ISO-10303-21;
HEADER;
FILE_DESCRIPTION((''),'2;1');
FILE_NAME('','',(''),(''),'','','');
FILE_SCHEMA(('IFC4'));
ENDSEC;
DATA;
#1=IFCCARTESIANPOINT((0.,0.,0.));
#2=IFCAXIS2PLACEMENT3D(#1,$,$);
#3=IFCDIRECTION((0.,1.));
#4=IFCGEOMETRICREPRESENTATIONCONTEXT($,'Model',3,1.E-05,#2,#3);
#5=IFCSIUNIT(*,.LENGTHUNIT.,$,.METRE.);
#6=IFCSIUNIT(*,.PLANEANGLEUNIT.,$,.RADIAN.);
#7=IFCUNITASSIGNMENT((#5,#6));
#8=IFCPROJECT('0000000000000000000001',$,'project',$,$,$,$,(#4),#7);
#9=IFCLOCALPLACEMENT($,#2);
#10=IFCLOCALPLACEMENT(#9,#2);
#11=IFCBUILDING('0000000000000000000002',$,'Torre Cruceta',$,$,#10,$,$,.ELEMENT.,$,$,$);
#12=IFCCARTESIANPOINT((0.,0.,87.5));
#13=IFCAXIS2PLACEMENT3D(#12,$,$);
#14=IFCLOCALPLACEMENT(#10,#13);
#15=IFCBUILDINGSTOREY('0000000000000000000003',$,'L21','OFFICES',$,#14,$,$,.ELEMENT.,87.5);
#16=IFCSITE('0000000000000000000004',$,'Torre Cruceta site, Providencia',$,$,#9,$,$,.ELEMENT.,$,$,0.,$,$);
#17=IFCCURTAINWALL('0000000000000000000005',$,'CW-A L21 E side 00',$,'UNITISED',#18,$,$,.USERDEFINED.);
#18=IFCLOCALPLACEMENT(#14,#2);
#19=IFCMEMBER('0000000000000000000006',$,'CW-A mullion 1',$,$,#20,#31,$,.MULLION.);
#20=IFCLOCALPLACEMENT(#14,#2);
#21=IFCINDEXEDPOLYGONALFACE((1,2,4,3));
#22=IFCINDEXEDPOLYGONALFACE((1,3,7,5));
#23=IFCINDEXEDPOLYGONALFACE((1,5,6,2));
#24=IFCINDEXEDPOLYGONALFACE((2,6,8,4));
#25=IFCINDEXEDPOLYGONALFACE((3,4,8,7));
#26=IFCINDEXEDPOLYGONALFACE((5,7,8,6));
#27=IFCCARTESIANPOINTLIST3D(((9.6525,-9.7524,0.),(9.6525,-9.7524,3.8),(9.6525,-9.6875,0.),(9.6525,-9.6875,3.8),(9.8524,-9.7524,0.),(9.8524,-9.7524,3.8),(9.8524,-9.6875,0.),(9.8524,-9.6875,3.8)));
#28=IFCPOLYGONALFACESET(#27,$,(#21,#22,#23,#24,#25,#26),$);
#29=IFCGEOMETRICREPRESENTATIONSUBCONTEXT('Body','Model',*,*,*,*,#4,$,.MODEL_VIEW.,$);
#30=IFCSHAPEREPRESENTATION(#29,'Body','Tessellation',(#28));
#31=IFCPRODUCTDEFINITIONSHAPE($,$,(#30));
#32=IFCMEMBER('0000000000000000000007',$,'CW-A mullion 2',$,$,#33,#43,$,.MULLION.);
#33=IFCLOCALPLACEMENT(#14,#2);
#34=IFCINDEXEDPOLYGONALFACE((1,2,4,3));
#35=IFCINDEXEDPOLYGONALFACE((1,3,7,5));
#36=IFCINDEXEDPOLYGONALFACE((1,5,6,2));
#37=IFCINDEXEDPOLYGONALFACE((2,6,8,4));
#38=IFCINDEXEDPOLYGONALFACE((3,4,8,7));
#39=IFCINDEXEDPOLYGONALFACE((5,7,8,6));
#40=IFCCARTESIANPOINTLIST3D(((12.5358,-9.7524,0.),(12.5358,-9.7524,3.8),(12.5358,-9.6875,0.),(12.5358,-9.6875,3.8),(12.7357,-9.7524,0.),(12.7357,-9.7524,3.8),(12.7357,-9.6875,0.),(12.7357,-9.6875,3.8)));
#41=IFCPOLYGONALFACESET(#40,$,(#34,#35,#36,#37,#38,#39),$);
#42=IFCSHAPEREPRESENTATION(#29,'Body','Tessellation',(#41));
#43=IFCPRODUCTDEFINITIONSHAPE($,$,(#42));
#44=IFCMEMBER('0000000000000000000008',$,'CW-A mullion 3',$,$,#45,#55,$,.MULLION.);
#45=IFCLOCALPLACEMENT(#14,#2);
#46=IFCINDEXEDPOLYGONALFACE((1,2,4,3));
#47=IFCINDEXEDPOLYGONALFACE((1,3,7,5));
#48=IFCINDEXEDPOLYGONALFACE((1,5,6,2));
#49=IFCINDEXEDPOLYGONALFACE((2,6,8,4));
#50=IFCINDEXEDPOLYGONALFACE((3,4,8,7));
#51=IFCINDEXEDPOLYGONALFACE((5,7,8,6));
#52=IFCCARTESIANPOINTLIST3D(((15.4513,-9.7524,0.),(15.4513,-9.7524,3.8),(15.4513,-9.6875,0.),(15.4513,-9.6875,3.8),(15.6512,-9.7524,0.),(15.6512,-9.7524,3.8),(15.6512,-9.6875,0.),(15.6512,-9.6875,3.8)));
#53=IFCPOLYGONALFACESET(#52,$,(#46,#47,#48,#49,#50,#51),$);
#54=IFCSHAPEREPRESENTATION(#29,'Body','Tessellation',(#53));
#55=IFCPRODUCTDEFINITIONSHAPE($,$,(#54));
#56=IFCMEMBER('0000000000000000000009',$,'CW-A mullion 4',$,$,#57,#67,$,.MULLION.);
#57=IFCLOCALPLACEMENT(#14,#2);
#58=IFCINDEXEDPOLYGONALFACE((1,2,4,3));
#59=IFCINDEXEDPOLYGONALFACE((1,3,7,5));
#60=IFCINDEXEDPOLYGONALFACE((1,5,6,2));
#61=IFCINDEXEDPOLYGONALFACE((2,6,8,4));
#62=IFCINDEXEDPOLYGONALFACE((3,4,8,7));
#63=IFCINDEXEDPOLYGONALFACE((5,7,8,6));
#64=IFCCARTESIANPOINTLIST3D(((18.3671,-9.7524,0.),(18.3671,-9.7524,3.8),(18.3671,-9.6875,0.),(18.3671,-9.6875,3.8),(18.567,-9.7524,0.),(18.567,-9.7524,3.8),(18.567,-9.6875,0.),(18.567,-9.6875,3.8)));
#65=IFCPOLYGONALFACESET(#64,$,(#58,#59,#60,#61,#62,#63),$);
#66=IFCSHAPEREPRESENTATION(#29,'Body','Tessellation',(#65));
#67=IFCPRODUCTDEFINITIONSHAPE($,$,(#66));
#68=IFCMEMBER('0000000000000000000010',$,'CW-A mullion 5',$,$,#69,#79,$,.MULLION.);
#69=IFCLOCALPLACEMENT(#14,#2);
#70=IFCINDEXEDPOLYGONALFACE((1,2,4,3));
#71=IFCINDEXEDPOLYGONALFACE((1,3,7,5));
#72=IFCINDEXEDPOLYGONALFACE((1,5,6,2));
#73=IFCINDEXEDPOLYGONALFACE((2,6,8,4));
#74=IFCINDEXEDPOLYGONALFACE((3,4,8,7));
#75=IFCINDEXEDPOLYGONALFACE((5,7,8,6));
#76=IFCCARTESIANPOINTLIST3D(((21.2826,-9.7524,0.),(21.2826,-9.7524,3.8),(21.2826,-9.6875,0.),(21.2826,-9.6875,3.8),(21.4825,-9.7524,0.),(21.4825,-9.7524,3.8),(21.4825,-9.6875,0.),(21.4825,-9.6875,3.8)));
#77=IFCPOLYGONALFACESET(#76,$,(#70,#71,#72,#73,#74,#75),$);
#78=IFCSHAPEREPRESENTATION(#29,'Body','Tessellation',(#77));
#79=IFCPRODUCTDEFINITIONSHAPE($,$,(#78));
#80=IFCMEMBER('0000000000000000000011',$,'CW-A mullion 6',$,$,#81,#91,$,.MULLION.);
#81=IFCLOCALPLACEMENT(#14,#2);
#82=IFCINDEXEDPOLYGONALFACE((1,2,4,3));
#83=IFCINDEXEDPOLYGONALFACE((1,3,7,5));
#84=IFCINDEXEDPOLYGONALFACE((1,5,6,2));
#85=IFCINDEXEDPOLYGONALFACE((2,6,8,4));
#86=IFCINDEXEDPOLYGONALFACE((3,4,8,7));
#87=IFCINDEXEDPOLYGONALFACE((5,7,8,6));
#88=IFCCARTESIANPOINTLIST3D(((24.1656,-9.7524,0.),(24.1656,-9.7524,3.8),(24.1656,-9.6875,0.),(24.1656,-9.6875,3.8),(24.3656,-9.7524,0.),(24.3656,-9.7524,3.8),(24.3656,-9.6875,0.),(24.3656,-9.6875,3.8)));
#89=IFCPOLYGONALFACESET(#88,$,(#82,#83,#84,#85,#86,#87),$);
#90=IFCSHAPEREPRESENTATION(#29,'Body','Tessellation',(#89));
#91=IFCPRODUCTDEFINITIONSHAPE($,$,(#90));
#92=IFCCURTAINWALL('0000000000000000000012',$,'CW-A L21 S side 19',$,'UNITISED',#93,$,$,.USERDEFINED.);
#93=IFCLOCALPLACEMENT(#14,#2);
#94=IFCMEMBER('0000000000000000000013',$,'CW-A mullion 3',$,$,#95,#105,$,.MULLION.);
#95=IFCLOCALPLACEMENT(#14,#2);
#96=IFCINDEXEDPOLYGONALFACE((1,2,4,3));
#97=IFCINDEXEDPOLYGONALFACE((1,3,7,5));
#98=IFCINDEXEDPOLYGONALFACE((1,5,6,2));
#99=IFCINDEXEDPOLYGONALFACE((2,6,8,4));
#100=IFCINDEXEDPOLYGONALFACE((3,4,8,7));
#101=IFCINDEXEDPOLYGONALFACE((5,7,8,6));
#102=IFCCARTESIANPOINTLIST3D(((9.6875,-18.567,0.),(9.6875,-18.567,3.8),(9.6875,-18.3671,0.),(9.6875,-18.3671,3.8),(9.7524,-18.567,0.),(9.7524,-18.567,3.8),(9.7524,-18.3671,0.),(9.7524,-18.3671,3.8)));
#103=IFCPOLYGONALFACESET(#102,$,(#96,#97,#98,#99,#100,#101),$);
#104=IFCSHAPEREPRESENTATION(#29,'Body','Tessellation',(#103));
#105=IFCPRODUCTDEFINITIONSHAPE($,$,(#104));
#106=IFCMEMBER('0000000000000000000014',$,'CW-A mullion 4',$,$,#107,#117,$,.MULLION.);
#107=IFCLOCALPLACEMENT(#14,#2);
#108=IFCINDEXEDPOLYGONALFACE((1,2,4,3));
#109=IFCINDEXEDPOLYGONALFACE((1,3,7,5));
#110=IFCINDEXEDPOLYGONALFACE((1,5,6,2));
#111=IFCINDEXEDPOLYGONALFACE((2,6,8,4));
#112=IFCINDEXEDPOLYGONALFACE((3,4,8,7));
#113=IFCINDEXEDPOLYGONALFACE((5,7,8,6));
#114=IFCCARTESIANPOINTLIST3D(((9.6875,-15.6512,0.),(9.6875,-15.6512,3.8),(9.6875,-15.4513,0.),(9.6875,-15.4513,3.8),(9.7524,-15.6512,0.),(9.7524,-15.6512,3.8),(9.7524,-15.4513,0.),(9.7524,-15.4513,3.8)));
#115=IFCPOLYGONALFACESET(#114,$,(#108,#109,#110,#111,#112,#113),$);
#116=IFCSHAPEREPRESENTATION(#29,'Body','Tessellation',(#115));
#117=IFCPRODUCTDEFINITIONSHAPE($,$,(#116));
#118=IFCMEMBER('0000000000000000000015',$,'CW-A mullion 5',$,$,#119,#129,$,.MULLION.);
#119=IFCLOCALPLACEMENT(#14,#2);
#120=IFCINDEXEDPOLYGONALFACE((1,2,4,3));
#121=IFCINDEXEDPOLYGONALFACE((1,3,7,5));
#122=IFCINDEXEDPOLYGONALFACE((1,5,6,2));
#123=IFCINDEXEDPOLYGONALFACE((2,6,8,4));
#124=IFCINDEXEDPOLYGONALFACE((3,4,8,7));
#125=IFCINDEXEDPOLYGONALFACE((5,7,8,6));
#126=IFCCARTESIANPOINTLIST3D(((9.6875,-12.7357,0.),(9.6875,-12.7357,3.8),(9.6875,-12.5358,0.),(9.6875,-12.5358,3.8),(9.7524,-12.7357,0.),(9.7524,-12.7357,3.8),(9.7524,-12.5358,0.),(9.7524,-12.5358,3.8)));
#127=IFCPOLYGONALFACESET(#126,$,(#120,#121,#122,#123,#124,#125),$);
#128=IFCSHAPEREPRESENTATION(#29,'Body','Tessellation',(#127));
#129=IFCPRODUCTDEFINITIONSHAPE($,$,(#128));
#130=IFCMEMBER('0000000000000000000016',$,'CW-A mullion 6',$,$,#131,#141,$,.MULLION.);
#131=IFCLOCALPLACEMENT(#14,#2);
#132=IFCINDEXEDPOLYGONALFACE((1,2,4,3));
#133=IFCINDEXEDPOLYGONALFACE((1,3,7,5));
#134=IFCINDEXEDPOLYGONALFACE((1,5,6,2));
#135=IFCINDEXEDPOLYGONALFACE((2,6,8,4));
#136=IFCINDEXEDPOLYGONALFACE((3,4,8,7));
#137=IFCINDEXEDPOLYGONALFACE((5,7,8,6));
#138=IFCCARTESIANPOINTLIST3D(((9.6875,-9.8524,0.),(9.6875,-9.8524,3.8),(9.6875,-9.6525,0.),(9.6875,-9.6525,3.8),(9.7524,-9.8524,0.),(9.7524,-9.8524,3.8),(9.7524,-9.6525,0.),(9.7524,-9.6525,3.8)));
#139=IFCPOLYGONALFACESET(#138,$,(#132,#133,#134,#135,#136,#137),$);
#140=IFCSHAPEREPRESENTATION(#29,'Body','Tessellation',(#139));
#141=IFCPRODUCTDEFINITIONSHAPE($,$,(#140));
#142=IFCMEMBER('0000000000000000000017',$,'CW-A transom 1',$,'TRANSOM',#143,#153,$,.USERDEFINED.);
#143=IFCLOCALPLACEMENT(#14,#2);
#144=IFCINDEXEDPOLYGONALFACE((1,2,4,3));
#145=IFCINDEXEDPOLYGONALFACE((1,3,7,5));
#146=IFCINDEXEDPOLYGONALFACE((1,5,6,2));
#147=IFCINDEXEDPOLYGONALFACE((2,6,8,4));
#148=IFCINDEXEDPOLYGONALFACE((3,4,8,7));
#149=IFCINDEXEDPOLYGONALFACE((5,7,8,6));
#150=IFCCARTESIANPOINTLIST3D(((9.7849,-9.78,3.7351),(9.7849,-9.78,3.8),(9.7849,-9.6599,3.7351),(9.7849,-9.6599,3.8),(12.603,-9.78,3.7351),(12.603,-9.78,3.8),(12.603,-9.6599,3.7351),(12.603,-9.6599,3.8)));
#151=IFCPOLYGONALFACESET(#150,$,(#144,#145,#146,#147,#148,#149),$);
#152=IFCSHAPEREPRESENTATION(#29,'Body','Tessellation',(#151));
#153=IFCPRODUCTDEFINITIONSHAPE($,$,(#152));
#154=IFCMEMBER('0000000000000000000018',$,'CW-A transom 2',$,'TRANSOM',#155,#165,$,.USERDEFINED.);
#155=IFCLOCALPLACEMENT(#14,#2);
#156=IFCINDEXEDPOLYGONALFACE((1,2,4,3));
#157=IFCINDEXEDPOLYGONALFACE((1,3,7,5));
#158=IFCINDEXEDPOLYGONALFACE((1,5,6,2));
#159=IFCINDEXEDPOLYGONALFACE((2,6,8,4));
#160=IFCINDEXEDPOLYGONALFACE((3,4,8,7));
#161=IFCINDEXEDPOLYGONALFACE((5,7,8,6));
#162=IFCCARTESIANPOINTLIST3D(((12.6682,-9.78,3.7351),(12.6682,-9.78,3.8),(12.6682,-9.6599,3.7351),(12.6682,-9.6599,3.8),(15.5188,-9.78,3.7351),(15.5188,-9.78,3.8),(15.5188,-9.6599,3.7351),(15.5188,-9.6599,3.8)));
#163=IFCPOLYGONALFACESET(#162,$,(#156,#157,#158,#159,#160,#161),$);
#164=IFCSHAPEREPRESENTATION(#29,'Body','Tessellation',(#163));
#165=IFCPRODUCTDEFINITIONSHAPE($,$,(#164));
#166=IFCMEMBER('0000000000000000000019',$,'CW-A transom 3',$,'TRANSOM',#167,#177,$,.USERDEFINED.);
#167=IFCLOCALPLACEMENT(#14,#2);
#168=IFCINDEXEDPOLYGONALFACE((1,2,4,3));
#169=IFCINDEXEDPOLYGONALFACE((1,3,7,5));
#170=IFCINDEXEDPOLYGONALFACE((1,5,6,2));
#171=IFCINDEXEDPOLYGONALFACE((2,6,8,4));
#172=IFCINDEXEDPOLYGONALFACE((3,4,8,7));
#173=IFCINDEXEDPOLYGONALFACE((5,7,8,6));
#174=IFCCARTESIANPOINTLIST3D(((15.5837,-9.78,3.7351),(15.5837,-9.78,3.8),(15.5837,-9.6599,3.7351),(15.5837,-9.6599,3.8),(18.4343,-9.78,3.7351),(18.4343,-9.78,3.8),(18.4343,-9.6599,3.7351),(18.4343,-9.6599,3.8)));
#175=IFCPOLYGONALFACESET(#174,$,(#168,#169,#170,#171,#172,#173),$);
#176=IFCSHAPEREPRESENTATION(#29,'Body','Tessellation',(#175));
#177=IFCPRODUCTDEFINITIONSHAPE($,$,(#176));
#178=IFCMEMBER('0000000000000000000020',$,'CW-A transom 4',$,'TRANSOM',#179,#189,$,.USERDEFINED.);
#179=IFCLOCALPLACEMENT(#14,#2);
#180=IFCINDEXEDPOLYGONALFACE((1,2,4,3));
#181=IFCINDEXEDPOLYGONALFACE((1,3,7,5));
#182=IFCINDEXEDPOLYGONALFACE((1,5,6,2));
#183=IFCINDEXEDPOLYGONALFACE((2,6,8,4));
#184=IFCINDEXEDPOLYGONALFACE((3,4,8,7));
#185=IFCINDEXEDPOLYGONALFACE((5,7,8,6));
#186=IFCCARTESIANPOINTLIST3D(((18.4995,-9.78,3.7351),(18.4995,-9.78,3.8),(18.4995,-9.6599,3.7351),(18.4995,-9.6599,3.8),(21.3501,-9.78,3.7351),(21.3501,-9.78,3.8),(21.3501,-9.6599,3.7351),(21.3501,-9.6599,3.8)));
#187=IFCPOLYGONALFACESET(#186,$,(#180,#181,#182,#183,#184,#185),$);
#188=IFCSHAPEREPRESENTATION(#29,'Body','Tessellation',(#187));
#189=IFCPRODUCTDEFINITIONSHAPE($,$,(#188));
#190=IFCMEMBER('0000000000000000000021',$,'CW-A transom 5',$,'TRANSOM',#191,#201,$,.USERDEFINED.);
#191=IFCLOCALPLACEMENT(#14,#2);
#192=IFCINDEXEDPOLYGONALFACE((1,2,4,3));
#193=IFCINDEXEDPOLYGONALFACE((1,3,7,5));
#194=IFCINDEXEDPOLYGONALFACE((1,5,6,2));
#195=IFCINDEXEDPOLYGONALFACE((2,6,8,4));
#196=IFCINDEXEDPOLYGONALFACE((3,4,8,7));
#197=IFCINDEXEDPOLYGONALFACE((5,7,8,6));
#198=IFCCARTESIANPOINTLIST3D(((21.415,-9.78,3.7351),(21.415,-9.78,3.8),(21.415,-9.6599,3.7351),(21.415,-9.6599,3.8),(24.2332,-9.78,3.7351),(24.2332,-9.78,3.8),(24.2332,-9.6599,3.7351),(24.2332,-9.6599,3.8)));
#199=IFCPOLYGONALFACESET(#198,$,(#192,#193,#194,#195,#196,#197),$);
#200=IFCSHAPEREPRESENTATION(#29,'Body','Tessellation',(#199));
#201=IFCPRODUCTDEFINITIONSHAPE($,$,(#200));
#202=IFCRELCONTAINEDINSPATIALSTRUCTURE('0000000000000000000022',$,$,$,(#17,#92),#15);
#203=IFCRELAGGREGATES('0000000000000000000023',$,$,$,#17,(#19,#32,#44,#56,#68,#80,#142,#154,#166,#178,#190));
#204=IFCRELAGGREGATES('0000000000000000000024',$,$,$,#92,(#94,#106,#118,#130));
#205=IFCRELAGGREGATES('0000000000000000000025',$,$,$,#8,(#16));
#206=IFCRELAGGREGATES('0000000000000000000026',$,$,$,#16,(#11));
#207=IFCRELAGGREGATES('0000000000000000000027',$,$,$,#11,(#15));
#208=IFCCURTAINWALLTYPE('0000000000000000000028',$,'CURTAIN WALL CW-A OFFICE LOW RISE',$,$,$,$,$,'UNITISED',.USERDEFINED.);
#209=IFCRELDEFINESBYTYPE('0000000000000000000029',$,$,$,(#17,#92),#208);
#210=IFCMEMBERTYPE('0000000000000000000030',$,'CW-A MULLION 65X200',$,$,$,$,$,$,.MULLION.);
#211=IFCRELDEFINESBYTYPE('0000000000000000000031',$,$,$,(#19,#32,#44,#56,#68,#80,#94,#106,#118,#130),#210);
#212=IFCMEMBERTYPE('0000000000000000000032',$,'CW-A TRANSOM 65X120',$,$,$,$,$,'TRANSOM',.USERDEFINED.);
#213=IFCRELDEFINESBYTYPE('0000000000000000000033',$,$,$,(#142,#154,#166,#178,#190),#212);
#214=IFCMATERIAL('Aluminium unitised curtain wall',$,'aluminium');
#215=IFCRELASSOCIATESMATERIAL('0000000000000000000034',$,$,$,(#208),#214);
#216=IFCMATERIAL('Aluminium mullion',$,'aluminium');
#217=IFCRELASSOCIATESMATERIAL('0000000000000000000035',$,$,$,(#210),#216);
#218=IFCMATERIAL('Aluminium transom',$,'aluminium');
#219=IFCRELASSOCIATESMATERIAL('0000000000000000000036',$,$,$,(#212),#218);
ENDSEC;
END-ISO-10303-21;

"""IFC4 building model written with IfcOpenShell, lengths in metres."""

from ifc_helpers import new_model, si_unit, direction, frame, origin, origin_2d, place, context, subcontext, project, spatial, rectangle, extrude, material, material_profile, profile_set, type_object, element, aggregate, save


model = new_model("IFC4")

# Units and contexts
model_context = context("Model", 3, precision=1e-05, world=origin(), true_north=direction((0.0, 1.0)))
body_context = subcontext(model_context, "Body", "Model", "MODEL_VIEW")
ifc_project = project(units=[si_unit("LENGTHUNIT", "METRE"), si_unit("PLANEANGLEUNIT", "RADIAN")], contexts=[model_context])

# Site, building, storey
site_placement = place(None, origin())
site = spatial("IfcSite", under=ifc_project, at=site_placement, Name="Torre Cruceta site, Providencia", CompositionType="ELEMENT", RefElevation=0.0)
building_placement = place(site_placement, origin())
building = spatial("IfcBuilding", under=site, at=building_placement, Name="Torre Cruceta", CompositionType="ELEMENT")
storey_placement = place(building_placement, frame((0.0, 0.0, 87.5)))
storey = spatial("IfcBuildingStorey", under=building, at=storey_placement, Name="L21", Description="OFFICES", CompositionType="ELEMENT", Elevation=87.5)

# Curtain walls, members
ifc_material_1 = material(Name="Aluminium unitised curtain wall", Category="aluminium")
curtain_wall_type = type_object("IfcCurtainWallType", Name="CURTAIN WALL CW-A OFFICE LOW RISE", ElementType="UNITISED", PredefinedType="USERDEFINED", material=ifc_material_1)
curtain_wall_1_placement = place(storey_placement, origin())
curtain_wall_1 = element("IfcCurtainWall", 1, at=curtain_wall_1_placement, inside=storey, type_object=curtain_wall_type, Name="CW-A L21 E side 00", ObjectType="UNITISED", PredefinedType="USERDEFINED")
ifc_material_2 = material(Name="Aluminium mullion", Category="aluminium")
ifc_material_profile_1 = material_profile(ifc_material_2, rectangle(XDim=0.0649, YDim=0.2, at=origin_2d()), Name="AL 65X200")
ifc_profile_set_1 = profile_set([ifc_material_profile_1], Name="Aluminium mullion")
member_type_1 = type_object("IfcMemberType", Name="CW-A MULLION 65X200", PredefinedType="MULLION", material=ifc_profile_set_1)
member_1_placement = place(storey_placement, frame((9.7524, -9.72, 0.0), z_axis=(0.0, 0.0, 1.0), x_axis=(0.0, 1.0, 0.0)))
member_1 = element("IfcMember", 2, at=member_1_placement, type_object=member_type_1, Name="CW-A mullion 1", PredefinedType="MULLION", context=body_context, shape_type="SweptSolid", body=[
    extrude(rectangle(XDim=0.0649, YDim=0.2, at=origin_2d()), origin(), (0.0, 0.0, 1.0), 3.8),
])
member_2_placement = place(storey_placement, frame((12.6357, -9.72, 0.0), z_axis=(0.0, 0.0, 1.0), x_axis=(0.0, 1.0, 0.0)))
member_2 = element("IfcMember", 3, at=member_2_placement, type_object=member_type_1, Name="CW-A mullion 2", PredefinedType="MULLION", context=body_context, shape_type="SweptSolid", body=[
    extrude(rectangle(XDim=0.0649, YDim=0.2, at=origin_2d()), origin(), (0.0, 0.0, 1.0), 3.8),
])
member_3_placement = place(storey_placement, frame((15.5513, -9.72, 0.0), z_axis=(0.0, 0.0, 1.0), x_axis=(0.0, 1.0, 0.0)))
member_3 = element("IfcMember", 4, at=member_3_placement, type_object=member_type_1, Name="CW-A mullion 3", PredefinedType="MULLION", context=body_context, shape_type="SweptSolid", body=[
    extrude(rectangle(XDim=0.0649, YDim=0.2, at=origin_2d()), origin(), (0.0, 0.0, 1.0), 3.8),
])
member_4_placement = place(storey_placement, frame((18.467, -9.72, 0.0), z_axis=(0.0, 0.0, 1.0), x_axis=(0.0, 1.0, 0.0)))
member_4 = element("IfcMember", 5, at=member_4_placement, type_object=member_type_1, Name="CW-A mullion 4", PredefinedType="MULLION", context=body_context, shape_type="SweptSolid", body=[
    extrude(rectangle(XDim=0.0649, YDim=0.2, at=origin_2d()), origin(), (0.0, 0.0, 1.0), 3.8),
])
member_5_placement = place(storey_placement, frame((21.3826, -9.72, 0.0), z_axis=(0.0, 0.0, 1.0), x_axis=(0.0, 1.0, 0.0)))
member_5 = element("IfcMember", 6, at=member_5_placement, type_object=member_type_1, Name="CW-A mullion 5", PredefinedType="MULLION", context=body_context, shape_type="SweptSolid", body=[
    extrude(rectangle(XDim=0.0649, YDim=0.2, at=origin_2d()), origin(), (0.0, 0.0, 1.0), 3.8),
])
member_6_placement = place(storey_placement, frame((24.2656, -9.72, 0.0), z_axis=(0.0, 0.0, 1.0), x_axis=(0.0, 1.0, 0.0)))
member_6 = element("IfcMember", 7, at=member_6_placement, type_object=member_type_1, Name="CW-A mullion 6", PredefinedType="MULLION", context=body_context, shape_type="SweptSolid", body=[
    extrude(rectangle(XDim=0.0649, YDim=0.2, at=origin_2d()), origin(), (0.0, 0.0, 1.0), 3.8),
])
curtain_wall_2_placement = place(storey_placement, origin())
curtain_wall_2 = element("IfcCurtainWall", 8, at=curtain_wall_2_placement, inside=storey, type_object=curtain_wall_type, Name="CW-A L21 S side 19", ObjectType="UNITISED", PredefinedType="USERDEFINED")
member_7_placement = place(storey_placement, frame((9.72, -18.467, 0.0), z_axis=(0.0, 0.0, 1.0), x_axis=(-1.0, 0.0, 0.0)))
member_7 = element("IfcMember", 9, at=member_7_placement, type_object=member_type_1, Name="CW-A mullion 3", PredefinedType="MULLION", context=body_context, shape_type="SweptSolid", body=[
    extrude(rectangle(XDim=0.0649, YDim=0.2, at=origin_2d()), origin(), (0.0, 0.0, 1.0), 3.8),
])
member_8_placement = place(storey_placement, frame((9.72, -15.5513, 0.0), z_axis=(0.0, 0.0, 1.0), x_axis=(-1.0, 0.0, 0.0)))
member_8 = element("IfcMember", 10, at=member_8_placement, type_object=member_type_1, Name="CW-A mullion 4", PredefinedType="MULLION", context=body_context, shape_type="SweptSolid", body=[
    extrude(rectangle(XDim=0.0649, YDim=0.2, at=origin_2d()), origin(), (0.0, 0.0, 1.0), 3.8),
])
member_9_placement = place(storey_placement, frame((9.72, -12.6357, 0.0), z_axis=(0.0, 0.0, 1.0), x_axis=(-1.0, 0.0, 0.0)))
member_9 = element("IfcMember", 11, at=member_9_placement, type_object=member_type_1, Name="CW-A mullion 5", PredefinedType="MULLION", context=body_context, shape_type="SweptSolid", body=[
    extrude(rectangle(XDim=0.0649, YDim=0.2, at=origin_2d()), origin(), (0.0, 0.0, 1.0), 3.8),
])
member_10_placement = place(storey_placement, frame((9.72, -9.7524, 0.0), z_axis=(0.0, 0.0, 1.0), x_axis=(-1.0, 0.0, 0.0)))
member_10 = element("IfcMember", 12, at=member_10_placement, type_object=member_type_1, Name="CW-A mullion 6", PredefinedType="MULLION", context=body_context, shape_type="SweptSolid", body=[
    extrude(rectangle(XDim=0.0649, YDim=0.2, at=origin_2d()), origin(), (0.0, 0.0, 1.0), 3.8),
])

# Members
ifc_material_3 = material(Name="Aluminium transom", Category="aluminium")
ifc_material_profile_2 = material_profile(ifc_material_3, rectangle(XDim=0.1201, YDim=0.0649, at=origin_2d()), Name="AL 120X65")
ifc_profile_set_2 = profile_set([ifc_material_profile_2], Name="Aluminium transom")
member_type_2 = type_object("IfcMemberType", Name="CW-A TRANSOM 65X120", ElementType="TRANSOM", PredefinedType="USERDEFINED", material=ifc_profile_set_2)
member_11_placement = place(storey_placement, frame((9.7849, -9.72, 3.7676), z_axis=(1.0, 0.0, 0.0), x_axis=(0.0, 1.0, 0.0)))
member_11 = element("IfcMember", 13, at=member_11_placement, type_object=member_type_2, Name="CW-A transom 1", ObjectType="TRANSOM", PredefinedType="USERDEFINED", context=body_context, shape_type="SweptSolid", body=[
    extrude(rectangle(XDim=0.1201, YDim=0.0649, at=origin_2d()), origin(), (0.0, 0.0, 1.0), 2.8181),
])
member_12_placement = place(storey_placement, frame((12.6682, -9.72, 3.7676), z_axis=(1.0, 0.0, 0.0), x_axis=(0.0, 1.0, 0.0)))
member_12 = element("IfcMember", 14, at=member_12_placement, type_object=member_type_2, Name="CW-A transom 2", ObjectType="TRANSOM", PredefinedType="USERDEFINED", context=body_context, shape_type="SweptSolid", body=[
    extrude(rectangle(XDim=0.1201, YDim=0.0649, at=origin_2d()), origin(), (0.0, 0.0, 1.0), 2.8506),
])
member_13_placement = place(storey_placement, frame((15.5837, -9.72, 3.7676), z_axis=(1.0, 0.0, 0.0), x_axis=(0.0, 1.0, 0.0)))
member_13 = element("IfcMember", 15, at=member_13_placement, type_object=member_type_2, Name="CW-A transom 3", ObjectType="TRANSOM", PredefinedType="USERDEFINED", context=body_context, shape_type="SweptSolid", body=[
    extrude(rectangle(XDim=0.1201, YDim=0.0649, at=origin_2d()), origin(), (0.0, 0.0, 1.0), 2.8506),
])
member_14_placement = place(storey_placement, frame((18.4995, -9.72, 3.7676), z_axis=(1.0, 0.0, 0.0), x_axis=(0.0, 1.0, 0.0)))
member_14 = element("IfcMember", 16, at=member_14_placement, type_object=member_type_2, Name="CW-A transom 4", ObjectType="TRANSOM", PredefinedType="USERDEFINED", context=body_context, shape_type="SweptSolid", body=[
    extrude(rectangle(XDim=0.1201, YDim=0.0649, at=origin_2d()), origin(), (0.0, 0.0, 1.0), 2.8506),
])
member_15_placement = place(storey_placement, frame((21.415, -9.72, 3.7676), z_axis=(1.0, 0.0, 0.0), x_axis=(0.0, 1.0, 0.0)))
member_15 = element("IfcMember", 17, at=member_15_placement, type_object=member_type_2, Name="CW-A transom 5", ObjectType="TRANSOM", PredefinedType="USERDEFINED", context=body_context, shape_type="SweptSolid", body=[
    extrude(rectangle(XDim=0.1201, YDim=0.0649, at=origin_2d()), origin(), (0.0, 0.0, 1.0), 2.8181),
])

aggregate(curtain_wall_1, [member_1, member_2, member_3, member_4, member_5, member_6, member_11, member_12, member_13, member_14, member_15])
aggregate(curtain_wall_2, [member_7, member_8, member_9, member_10])

save(model, "model.ifc")
